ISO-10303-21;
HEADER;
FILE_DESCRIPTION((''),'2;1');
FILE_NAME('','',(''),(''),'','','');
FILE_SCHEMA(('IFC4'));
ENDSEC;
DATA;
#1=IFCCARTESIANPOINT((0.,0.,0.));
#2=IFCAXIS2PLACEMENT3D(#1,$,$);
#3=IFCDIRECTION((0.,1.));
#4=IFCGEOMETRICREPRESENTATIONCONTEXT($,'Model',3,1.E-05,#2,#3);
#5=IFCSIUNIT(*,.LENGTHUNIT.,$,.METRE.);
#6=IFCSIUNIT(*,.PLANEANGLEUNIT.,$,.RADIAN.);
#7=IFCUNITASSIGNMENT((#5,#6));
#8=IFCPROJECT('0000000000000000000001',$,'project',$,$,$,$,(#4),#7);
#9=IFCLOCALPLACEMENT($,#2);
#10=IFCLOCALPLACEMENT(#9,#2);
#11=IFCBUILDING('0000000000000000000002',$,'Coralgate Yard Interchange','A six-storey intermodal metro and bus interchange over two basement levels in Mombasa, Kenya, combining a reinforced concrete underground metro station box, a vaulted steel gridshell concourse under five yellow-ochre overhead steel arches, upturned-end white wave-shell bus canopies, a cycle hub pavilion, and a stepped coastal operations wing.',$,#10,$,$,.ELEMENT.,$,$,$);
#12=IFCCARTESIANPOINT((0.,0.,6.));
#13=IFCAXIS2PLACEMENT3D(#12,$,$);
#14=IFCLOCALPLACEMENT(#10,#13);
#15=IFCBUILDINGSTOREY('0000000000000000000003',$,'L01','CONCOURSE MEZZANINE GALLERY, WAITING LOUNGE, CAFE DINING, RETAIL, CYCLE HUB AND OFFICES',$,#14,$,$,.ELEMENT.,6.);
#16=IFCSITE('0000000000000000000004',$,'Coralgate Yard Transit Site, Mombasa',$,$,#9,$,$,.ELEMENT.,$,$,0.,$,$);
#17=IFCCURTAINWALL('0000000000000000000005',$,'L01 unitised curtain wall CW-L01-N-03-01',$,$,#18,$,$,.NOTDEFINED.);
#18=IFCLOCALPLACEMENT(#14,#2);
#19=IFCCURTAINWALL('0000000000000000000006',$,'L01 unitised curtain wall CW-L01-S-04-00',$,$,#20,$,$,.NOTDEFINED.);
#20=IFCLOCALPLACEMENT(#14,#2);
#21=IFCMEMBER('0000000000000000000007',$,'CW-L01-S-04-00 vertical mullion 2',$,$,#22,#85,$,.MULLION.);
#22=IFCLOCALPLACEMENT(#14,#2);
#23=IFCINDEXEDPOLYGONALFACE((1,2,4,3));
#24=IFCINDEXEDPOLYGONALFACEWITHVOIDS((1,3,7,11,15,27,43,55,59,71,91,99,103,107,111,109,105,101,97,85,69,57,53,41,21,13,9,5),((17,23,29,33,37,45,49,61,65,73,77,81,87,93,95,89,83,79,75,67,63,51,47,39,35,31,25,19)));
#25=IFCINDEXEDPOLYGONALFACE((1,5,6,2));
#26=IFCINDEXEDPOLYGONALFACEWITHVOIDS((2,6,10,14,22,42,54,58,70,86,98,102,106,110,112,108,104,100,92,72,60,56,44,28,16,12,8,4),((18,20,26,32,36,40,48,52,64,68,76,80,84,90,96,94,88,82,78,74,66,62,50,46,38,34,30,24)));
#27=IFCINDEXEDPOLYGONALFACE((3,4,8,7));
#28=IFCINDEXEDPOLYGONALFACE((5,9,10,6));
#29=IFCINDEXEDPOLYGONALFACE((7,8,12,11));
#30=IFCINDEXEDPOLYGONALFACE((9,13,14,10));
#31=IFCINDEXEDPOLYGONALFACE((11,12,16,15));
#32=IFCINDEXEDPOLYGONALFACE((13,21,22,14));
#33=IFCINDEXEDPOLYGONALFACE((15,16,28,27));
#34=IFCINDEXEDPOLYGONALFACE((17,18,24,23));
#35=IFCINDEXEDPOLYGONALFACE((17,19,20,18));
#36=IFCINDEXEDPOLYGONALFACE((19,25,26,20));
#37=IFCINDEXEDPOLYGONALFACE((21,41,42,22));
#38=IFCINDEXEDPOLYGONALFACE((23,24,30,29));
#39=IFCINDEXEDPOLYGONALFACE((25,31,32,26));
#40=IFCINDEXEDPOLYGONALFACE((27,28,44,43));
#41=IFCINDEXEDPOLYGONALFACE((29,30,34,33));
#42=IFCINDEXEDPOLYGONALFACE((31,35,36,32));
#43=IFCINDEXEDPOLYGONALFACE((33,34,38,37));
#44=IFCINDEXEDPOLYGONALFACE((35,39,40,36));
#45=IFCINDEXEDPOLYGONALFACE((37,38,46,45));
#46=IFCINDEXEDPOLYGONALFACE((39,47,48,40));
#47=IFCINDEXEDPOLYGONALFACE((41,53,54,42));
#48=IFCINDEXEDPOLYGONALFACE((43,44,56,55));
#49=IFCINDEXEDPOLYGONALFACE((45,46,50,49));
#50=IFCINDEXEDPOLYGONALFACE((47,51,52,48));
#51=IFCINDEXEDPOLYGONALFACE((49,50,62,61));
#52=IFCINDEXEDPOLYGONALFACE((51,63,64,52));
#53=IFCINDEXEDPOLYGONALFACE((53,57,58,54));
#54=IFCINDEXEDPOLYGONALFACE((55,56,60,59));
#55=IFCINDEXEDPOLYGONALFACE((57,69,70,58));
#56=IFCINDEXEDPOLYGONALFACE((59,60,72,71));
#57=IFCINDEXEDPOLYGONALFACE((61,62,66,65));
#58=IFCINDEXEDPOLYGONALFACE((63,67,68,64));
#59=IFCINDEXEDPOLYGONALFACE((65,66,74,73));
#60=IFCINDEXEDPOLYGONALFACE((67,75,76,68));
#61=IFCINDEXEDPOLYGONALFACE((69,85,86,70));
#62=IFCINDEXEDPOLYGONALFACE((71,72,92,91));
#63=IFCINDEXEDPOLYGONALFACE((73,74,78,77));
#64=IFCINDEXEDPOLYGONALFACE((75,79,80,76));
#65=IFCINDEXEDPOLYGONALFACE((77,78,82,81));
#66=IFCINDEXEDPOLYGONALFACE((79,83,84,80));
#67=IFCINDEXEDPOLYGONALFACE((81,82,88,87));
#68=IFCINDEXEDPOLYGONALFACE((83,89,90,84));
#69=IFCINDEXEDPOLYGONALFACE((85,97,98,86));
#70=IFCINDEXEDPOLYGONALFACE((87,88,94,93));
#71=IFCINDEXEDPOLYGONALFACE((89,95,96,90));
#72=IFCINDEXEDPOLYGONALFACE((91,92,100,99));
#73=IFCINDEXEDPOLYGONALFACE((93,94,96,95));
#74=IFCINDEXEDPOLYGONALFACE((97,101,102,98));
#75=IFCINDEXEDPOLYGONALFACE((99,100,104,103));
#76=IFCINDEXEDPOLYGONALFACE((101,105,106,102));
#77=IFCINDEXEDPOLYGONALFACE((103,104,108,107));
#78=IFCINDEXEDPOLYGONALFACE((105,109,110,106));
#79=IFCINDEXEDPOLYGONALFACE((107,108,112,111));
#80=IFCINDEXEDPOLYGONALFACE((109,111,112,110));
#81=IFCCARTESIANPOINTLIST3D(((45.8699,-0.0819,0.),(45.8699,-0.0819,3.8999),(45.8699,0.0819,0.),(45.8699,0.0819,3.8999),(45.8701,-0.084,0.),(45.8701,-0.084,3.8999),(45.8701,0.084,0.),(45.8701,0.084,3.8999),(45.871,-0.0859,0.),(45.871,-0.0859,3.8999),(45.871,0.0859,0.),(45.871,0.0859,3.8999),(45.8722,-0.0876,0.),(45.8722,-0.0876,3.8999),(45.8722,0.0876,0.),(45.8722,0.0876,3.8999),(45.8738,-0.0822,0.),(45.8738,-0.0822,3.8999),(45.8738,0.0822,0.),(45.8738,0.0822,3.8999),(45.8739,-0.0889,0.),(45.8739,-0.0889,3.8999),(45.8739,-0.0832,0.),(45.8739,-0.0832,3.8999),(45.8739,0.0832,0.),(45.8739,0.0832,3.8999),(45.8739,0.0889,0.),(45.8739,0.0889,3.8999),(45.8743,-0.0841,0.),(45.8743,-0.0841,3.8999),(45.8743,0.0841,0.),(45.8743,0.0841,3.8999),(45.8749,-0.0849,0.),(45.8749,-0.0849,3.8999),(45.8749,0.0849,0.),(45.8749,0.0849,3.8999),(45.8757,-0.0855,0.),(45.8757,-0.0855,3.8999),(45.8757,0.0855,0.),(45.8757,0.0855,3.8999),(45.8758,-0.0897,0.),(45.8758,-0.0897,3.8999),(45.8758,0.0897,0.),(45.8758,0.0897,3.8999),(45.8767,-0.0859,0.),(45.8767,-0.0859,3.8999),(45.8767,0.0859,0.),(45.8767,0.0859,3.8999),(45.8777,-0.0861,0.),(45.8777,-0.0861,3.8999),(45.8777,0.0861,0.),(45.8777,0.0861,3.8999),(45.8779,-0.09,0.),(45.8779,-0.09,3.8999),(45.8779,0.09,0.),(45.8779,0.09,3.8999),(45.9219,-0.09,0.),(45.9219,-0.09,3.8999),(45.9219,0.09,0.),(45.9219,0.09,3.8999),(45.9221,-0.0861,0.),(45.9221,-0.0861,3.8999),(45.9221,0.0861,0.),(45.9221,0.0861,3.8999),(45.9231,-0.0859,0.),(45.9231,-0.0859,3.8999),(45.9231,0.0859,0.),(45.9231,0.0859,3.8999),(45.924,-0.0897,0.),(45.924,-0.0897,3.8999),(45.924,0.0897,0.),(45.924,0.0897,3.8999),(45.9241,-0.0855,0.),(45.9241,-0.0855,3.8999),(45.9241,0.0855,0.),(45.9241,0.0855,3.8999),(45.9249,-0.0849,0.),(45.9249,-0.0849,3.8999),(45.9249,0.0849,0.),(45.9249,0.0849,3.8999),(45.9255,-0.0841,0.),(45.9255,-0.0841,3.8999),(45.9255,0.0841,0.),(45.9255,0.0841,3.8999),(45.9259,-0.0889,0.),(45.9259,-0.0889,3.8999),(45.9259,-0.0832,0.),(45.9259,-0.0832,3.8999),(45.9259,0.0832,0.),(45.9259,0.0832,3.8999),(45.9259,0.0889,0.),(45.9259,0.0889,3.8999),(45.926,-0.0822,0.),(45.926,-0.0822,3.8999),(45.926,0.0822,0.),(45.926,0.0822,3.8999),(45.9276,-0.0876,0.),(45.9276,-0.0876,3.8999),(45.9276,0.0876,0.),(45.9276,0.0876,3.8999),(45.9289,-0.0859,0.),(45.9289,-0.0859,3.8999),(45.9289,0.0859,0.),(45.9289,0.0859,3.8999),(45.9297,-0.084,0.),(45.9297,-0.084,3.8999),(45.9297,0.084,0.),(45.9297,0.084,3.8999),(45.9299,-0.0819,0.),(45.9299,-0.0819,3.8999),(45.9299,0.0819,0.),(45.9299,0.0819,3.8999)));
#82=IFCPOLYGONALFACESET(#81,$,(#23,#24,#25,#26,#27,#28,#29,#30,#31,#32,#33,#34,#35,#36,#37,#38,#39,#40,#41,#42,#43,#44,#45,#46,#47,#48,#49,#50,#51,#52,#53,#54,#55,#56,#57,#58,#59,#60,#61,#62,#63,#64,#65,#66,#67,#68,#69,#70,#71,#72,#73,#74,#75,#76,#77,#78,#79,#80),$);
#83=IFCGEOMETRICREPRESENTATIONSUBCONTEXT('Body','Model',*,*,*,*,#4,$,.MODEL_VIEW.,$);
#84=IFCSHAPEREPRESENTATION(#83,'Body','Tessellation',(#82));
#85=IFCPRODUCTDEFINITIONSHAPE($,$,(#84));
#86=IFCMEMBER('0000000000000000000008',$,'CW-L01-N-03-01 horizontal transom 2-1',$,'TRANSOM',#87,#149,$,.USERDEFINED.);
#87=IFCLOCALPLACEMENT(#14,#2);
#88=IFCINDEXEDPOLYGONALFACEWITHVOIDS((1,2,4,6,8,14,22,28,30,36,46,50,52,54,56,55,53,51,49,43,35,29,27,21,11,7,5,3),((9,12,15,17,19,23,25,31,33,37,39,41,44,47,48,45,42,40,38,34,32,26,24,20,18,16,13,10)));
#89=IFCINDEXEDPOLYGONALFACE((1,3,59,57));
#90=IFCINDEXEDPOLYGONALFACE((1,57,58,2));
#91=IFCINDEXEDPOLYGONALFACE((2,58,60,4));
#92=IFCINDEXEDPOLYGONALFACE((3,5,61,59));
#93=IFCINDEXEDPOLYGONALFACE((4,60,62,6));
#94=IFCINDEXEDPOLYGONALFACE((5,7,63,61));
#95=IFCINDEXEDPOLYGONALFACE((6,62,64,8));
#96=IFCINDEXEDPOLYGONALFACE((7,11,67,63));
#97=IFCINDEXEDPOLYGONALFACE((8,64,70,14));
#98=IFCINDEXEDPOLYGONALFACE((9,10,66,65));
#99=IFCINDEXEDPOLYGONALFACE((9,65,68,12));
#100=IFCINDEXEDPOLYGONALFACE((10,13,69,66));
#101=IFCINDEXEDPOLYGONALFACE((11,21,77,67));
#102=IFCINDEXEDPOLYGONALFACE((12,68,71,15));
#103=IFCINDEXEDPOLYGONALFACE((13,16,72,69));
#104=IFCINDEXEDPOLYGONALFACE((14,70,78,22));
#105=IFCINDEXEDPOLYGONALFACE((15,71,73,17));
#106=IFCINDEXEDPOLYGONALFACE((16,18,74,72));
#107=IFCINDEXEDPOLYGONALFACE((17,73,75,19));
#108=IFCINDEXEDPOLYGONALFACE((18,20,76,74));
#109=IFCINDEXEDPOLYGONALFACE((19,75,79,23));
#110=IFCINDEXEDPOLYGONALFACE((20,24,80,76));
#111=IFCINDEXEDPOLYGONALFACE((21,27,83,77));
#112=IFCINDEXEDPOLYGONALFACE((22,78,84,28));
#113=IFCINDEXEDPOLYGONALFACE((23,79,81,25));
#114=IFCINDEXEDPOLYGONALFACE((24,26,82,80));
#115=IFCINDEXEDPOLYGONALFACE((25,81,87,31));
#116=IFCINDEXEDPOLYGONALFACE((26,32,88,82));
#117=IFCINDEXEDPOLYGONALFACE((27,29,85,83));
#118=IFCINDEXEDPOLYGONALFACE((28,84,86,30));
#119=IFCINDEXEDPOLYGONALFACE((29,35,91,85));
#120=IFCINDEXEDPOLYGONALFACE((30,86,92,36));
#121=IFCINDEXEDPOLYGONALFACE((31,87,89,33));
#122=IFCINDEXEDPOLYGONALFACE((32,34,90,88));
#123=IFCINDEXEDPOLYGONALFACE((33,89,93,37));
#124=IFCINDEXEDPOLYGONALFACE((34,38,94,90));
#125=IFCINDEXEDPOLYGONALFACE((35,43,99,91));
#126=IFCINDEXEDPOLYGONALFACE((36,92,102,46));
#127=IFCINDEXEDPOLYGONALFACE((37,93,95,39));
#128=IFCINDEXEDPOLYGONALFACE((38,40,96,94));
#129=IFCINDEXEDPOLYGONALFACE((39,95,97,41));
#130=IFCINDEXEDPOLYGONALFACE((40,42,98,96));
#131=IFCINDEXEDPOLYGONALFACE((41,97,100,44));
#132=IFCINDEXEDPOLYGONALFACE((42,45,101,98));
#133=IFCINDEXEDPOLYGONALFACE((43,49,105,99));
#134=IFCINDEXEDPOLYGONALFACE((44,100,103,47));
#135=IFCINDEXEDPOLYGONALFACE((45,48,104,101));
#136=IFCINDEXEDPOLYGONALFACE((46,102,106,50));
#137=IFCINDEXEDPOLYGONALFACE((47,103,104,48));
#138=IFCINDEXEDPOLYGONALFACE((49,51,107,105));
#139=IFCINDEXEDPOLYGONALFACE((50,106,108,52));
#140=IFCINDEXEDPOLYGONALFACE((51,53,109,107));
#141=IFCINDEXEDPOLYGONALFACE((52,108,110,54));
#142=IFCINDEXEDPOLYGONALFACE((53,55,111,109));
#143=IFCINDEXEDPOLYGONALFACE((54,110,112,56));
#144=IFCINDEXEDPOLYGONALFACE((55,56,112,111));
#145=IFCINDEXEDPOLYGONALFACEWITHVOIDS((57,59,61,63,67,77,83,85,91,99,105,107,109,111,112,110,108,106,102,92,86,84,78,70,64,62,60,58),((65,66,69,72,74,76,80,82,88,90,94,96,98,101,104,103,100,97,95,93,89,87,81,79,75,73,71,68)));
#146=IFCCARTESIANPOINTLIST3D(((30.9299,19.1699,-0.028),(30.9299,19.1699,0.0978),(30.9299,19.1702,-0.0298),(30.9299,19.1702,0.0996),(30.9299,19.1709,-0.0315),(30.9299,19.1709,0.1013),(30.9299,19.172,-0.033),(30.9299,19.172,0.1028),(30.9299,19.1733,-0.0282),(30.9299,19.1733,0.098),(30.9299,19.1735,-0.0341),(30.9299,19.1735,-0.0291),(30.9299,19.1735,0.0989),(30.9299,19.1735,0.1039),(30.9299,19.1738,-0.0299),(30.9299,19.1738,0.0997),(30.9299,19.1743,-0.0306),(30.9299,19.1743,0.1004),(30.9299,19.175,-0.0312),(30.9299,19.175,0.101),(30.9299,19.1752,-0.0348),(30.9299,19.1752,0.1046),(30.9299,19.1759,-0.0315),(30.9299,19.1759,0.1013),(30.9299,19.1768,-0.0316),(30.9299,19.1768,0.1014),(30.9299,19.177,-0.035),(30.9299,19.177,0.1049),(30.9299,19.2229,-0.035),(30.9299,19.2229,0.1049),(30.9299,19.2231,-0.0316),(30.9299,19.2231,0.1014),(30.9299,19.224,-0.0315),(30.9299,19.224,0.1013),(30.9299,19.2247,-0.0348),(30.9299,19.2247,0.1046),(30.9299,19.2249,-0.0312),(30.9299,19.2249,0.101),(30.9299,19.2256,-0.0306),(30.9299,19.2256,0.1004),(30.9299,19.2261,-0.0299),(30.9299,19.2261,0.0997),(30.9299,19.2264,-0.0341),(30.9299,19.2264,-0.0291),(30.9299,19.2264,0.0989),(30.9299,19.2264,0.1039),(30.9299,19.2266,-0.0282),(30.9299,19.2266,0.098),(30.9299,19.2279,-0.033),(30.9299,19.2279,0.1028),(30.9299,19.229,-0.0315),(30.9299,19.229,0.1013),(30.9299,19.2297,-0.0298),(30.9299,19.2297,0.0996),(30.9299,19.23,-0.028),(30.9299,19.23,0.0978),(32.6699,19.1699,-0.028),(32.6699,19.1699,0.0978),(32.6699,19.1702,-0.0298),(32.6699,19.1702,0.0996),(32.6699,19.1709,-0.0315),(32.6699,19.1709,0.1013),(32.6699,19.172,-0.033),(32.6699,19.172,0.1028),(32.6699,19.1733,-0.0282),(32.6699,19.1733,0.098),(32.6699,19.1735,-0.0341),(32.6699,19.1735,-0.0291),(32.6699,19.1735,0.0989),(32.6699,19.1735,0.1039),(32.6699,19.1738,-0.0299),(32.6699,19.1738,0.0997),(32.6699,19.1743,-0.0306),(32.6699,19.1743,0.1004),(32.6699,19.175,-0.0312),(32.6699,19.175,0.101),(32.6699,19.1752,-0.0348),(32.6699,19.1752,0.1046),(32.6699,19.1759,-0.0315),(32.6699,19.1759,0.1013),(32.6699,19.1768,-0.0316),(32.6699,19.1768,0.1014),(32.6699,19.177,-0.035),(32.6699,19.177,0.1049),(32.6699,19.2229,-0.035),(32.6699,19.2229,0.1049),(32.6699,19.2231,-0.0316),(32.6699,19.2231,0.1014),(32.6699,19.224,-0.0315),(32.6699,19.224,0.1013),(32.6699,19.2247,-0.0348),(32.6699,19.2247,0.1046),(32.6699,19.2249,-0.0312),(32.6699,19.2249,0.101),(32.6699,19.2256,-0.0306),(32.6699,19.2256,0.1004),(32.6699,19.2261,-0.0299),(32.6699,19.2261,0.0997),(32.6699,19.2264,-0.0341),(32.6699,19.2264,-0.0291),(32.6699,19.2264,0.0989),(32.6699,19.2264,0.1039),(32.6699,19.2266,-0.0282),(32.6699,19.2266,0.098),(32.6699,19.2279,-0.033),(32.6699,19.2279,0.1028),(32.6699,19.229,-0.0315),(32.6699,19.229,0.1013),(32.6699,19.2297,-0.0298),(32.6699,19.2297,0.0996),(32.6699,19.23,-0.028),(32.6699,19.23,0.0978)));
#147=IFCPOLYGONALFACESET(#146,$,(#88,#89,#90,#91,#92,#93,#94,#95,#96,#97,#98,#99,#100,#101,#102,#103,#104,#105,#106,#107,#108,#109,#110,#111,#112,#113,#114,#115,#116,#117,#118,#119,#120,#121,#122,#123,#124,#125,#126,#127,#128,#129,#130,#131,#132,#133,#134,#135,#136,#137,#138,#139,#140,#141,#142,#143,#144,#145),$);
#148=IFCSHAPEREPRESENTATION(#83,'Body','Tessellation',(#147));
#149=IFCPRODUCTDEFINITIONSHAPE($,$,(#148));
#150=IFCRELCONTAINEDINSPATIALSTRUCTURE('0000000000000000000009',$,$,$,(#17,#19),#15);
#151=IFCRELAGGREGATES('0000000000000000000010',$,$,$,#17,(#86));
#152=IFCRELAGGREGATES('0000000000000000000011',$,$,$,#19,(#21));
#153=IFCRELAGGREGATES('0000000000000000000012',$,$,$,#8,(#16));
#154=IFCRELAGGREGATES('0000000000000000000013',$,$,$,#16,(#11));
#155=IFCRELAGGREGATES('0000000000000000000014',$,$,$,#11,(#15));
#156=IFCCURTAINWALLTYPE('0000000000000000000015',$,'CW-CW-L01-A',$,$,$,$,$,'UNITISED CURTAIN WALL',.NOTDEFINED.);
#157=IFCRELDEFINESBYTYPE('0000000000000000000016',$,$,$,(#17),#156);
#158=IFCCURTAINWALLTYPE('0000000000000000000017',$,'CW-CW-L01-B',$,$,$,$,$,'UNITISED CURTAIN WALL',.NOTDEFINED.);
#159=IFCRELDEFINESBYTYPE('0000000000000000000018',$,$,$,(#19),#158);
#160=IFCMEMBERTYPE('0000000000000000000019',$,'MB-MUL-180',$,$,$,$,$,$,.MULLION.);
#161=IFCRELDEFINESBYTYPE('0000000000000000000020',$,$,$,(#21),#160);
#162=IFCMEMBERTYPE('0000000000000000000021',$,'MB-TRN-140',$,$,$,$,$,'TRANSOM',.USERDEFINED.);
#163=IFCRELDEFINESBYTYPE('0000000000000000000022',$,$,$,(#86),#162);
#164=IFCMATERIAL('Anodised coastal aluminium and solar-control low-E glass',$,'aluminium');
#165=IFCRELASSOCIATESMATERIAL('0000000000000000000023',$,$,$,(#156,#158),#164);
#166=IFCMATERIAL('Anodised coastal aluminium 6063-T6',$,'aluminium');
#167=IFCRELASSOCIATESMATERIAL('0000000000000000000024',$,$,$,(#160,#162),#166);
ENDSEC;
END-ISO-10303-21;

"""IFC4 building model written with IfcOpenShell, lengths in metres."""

from ifc_helpers import new_model, si_unit, direction, frame, origin, origin_2d, place, context, subcontext, project, spatial, hollow_rectangle, extrude, material, material_profile, profile_set, type_object, element, aggregate, save


model = new_model("IFC4")

# Units and contexts
model_context = context("Model", 3, precision=1e-05, world=origin(), true_north=direction((0.0, 1.0)))
body_context = subcontext(model_context, "Body", "Model", "MODEL_VIEW")
ifc_project = project(units=[si_unit("LENGTHUNIT", "METRE"), si_unit("PLANEANGLEUNIT", "RADIAN")], contexts=[model_context])

# Site, building, storey
site_placement = place(None, origin())
site = spatial("IfcSite", under=ifc_project, at=site_placement, Name="Coralgate Yard Transit Site, Mombasa", CompositionType="ELEMENT", RefElevation=0.0)
building_placement = place(site_placement, origin())
building = spatial("IfcBuilding", under=site, at=building_placement, Name="Coralgate Yard Interchange", Description="A six-storey intermodal metro and bus interchange over two basement levels in Mombasa, Kenya, combining a reinforced concrete underground metro station box, a vaulted steel gridshell concourse under five yellow-ochre overhead steel arches, upturned-end white wave-shell bus canopies, a cycle hub pavilion, and a stepped coastal operations wing.", CompositionType="ELEMENT")
storey_placement = place(building_placement, frame((0.0, 0.0, 6.0)))
storey = spatial("IfcBuildingStorey", under=building, at=storey_placement, Name="L01", Description="CONCOURSE MEZZANINE GALLERY, WAITING LOUNGE, CAFE DINING, RETAIL, CYCLE HUB AND OFFICES", CompositionType="ELEMENT", Elevation=6.0)

# Curtain wall
ifc_material_1 = material(Name="Anodised coastal aluminium and solar-control low-E glass", Category="aluminium")
curtain_wall_type_1 = type_object("IfcCurtainWallType", Name="CW-CW-L01-A", ElementType="UNITISED CURTAIN WALL", PredefinedType="NOTDEFINED", material=ifc_material_1)
curtain_wall_1_placement = place(storey_placement, origin())
curtain_wall_1 = element("IfcCurtainWall", 1, at=curtain_wall_1_placement, inside=storey, type_object=curtain_wall_type_1, Name="L01 unitised curtain wall CW-L01-N-03-01", PredefinedType="NOTDEFINED")
ifc_material_2 = material(Name="Anodised coastal aluminium 6063-T6", Category="aluminium")
ifc_material_profile_1 = material_profile(ifc_material_2, hollow_rectangle(XDim=0.0601, YDim=0.1799, WallThickness=0.0039, InnerFilletRadius=0.0039, OuterFilletRadius=0.0081, at=origin_2d()), Name="ALU 60x180x4")
ifc_profile_set_1 = profile_set([ifc_material_profile_1], Name="Anodised coastal aluminium 6063-T6")
member_type_1 = type_object("IfcMemberType", Name="MB-MUL-180", PredefinedType="MULLION", material=ifc_profile_set_1)

# Curtain wall, member
curtain_wall_type_2 = type_object("IfcCurtainWallType", Name="CW-CW-L01-B", ElementType="UNITISED CURTAIN WALL", PredefinedType="NOTDEFINED", material=ifc_material_1)
curtain_wall_2_placement = place(storey_placement, origin())
curtain_wall_2 = element("IfcCurtainWall", 2, at=curtain_wall_2_placement, inside=storey, type_object=curtain_wall_type_2, Name="L01 unitised curtain wall CW-L01-S-04-00", PredefinedType="NOTDEFINED")
member_1_placement = place(storey_placement, frame((45.8999, 0.0, 0.0), z_axis=(0.0, 0.0, 1.0), x_axis=(1.0, 0.0, 0.0)))
member_1 = element("IfcMember", 3, at=member_1_placement, type_object=member_type_1, Name="CW-L01-S-04-00 vertical mullion 2", PredefinedType="MULLION", context=body_context, shape_type="SweptSolid", body=[
    extrude(hollow_rectangle(XDim=0.0601, YDim=0.1799, WallThickness=0.0039, InnerFilletRadius=0.0039, OuterFilletRadius=0.0081, at=origin_2d()), origin(), (0.0, 0.0, 1.0), 3.8999),
])

# Member
ifc_material_profile_2 = material_profile(ifc_material_2, hollow_rectangle(XDim=0.0601, YDim=0.1399, WallThickness=0.0034, InnerFilletRadius=0.0034, OuterFilletRadius=0.0071, at=origin_2d()), Name="ALU 60x140x3.5")
ifc_profile_set_2 = profile_set([ifc_material_profile_2], Name="Anodised coastal aluminium 6063-T6")
member_type_2 = type_object("IfcMemberType", Name="MB-TRN-140", ElementType="TRANSOM", PredefinedType="USERDEFINED", material=ifc_profile_set_2)
member_2_placement = place(storey_placement, frame((30.9299, 19.2, 0.0349), z_axis=(1.0, 0.0, 0.0), x_axis=(0.0, 1.0, 0.0)))
member_2 = element("IfcMember", 4, at=member_2_placement, type_object=member_type_2, Name="CW-L01-N-03-01 horizontal transom 2-1", ObjectType="TRANSOM", PredefinedType="USERDEFINED", context=body_context, shape_type="SweptSolid", body=[
    extrude(hollow_rectangle(XDim=0.0601, YDim=0.1399, WallThickness=0.0034, InnerFilletRadius=0.0034, OuterFilletRadius=0.0071, at=origin_2d()), origin(), (0.0, 0.0, 1.0), 1.74),
])
aggregate(curtain_wall_1, [member_2])

aggregate(curtain_wall_2, [member_1])

save(model, "model.ifc")
